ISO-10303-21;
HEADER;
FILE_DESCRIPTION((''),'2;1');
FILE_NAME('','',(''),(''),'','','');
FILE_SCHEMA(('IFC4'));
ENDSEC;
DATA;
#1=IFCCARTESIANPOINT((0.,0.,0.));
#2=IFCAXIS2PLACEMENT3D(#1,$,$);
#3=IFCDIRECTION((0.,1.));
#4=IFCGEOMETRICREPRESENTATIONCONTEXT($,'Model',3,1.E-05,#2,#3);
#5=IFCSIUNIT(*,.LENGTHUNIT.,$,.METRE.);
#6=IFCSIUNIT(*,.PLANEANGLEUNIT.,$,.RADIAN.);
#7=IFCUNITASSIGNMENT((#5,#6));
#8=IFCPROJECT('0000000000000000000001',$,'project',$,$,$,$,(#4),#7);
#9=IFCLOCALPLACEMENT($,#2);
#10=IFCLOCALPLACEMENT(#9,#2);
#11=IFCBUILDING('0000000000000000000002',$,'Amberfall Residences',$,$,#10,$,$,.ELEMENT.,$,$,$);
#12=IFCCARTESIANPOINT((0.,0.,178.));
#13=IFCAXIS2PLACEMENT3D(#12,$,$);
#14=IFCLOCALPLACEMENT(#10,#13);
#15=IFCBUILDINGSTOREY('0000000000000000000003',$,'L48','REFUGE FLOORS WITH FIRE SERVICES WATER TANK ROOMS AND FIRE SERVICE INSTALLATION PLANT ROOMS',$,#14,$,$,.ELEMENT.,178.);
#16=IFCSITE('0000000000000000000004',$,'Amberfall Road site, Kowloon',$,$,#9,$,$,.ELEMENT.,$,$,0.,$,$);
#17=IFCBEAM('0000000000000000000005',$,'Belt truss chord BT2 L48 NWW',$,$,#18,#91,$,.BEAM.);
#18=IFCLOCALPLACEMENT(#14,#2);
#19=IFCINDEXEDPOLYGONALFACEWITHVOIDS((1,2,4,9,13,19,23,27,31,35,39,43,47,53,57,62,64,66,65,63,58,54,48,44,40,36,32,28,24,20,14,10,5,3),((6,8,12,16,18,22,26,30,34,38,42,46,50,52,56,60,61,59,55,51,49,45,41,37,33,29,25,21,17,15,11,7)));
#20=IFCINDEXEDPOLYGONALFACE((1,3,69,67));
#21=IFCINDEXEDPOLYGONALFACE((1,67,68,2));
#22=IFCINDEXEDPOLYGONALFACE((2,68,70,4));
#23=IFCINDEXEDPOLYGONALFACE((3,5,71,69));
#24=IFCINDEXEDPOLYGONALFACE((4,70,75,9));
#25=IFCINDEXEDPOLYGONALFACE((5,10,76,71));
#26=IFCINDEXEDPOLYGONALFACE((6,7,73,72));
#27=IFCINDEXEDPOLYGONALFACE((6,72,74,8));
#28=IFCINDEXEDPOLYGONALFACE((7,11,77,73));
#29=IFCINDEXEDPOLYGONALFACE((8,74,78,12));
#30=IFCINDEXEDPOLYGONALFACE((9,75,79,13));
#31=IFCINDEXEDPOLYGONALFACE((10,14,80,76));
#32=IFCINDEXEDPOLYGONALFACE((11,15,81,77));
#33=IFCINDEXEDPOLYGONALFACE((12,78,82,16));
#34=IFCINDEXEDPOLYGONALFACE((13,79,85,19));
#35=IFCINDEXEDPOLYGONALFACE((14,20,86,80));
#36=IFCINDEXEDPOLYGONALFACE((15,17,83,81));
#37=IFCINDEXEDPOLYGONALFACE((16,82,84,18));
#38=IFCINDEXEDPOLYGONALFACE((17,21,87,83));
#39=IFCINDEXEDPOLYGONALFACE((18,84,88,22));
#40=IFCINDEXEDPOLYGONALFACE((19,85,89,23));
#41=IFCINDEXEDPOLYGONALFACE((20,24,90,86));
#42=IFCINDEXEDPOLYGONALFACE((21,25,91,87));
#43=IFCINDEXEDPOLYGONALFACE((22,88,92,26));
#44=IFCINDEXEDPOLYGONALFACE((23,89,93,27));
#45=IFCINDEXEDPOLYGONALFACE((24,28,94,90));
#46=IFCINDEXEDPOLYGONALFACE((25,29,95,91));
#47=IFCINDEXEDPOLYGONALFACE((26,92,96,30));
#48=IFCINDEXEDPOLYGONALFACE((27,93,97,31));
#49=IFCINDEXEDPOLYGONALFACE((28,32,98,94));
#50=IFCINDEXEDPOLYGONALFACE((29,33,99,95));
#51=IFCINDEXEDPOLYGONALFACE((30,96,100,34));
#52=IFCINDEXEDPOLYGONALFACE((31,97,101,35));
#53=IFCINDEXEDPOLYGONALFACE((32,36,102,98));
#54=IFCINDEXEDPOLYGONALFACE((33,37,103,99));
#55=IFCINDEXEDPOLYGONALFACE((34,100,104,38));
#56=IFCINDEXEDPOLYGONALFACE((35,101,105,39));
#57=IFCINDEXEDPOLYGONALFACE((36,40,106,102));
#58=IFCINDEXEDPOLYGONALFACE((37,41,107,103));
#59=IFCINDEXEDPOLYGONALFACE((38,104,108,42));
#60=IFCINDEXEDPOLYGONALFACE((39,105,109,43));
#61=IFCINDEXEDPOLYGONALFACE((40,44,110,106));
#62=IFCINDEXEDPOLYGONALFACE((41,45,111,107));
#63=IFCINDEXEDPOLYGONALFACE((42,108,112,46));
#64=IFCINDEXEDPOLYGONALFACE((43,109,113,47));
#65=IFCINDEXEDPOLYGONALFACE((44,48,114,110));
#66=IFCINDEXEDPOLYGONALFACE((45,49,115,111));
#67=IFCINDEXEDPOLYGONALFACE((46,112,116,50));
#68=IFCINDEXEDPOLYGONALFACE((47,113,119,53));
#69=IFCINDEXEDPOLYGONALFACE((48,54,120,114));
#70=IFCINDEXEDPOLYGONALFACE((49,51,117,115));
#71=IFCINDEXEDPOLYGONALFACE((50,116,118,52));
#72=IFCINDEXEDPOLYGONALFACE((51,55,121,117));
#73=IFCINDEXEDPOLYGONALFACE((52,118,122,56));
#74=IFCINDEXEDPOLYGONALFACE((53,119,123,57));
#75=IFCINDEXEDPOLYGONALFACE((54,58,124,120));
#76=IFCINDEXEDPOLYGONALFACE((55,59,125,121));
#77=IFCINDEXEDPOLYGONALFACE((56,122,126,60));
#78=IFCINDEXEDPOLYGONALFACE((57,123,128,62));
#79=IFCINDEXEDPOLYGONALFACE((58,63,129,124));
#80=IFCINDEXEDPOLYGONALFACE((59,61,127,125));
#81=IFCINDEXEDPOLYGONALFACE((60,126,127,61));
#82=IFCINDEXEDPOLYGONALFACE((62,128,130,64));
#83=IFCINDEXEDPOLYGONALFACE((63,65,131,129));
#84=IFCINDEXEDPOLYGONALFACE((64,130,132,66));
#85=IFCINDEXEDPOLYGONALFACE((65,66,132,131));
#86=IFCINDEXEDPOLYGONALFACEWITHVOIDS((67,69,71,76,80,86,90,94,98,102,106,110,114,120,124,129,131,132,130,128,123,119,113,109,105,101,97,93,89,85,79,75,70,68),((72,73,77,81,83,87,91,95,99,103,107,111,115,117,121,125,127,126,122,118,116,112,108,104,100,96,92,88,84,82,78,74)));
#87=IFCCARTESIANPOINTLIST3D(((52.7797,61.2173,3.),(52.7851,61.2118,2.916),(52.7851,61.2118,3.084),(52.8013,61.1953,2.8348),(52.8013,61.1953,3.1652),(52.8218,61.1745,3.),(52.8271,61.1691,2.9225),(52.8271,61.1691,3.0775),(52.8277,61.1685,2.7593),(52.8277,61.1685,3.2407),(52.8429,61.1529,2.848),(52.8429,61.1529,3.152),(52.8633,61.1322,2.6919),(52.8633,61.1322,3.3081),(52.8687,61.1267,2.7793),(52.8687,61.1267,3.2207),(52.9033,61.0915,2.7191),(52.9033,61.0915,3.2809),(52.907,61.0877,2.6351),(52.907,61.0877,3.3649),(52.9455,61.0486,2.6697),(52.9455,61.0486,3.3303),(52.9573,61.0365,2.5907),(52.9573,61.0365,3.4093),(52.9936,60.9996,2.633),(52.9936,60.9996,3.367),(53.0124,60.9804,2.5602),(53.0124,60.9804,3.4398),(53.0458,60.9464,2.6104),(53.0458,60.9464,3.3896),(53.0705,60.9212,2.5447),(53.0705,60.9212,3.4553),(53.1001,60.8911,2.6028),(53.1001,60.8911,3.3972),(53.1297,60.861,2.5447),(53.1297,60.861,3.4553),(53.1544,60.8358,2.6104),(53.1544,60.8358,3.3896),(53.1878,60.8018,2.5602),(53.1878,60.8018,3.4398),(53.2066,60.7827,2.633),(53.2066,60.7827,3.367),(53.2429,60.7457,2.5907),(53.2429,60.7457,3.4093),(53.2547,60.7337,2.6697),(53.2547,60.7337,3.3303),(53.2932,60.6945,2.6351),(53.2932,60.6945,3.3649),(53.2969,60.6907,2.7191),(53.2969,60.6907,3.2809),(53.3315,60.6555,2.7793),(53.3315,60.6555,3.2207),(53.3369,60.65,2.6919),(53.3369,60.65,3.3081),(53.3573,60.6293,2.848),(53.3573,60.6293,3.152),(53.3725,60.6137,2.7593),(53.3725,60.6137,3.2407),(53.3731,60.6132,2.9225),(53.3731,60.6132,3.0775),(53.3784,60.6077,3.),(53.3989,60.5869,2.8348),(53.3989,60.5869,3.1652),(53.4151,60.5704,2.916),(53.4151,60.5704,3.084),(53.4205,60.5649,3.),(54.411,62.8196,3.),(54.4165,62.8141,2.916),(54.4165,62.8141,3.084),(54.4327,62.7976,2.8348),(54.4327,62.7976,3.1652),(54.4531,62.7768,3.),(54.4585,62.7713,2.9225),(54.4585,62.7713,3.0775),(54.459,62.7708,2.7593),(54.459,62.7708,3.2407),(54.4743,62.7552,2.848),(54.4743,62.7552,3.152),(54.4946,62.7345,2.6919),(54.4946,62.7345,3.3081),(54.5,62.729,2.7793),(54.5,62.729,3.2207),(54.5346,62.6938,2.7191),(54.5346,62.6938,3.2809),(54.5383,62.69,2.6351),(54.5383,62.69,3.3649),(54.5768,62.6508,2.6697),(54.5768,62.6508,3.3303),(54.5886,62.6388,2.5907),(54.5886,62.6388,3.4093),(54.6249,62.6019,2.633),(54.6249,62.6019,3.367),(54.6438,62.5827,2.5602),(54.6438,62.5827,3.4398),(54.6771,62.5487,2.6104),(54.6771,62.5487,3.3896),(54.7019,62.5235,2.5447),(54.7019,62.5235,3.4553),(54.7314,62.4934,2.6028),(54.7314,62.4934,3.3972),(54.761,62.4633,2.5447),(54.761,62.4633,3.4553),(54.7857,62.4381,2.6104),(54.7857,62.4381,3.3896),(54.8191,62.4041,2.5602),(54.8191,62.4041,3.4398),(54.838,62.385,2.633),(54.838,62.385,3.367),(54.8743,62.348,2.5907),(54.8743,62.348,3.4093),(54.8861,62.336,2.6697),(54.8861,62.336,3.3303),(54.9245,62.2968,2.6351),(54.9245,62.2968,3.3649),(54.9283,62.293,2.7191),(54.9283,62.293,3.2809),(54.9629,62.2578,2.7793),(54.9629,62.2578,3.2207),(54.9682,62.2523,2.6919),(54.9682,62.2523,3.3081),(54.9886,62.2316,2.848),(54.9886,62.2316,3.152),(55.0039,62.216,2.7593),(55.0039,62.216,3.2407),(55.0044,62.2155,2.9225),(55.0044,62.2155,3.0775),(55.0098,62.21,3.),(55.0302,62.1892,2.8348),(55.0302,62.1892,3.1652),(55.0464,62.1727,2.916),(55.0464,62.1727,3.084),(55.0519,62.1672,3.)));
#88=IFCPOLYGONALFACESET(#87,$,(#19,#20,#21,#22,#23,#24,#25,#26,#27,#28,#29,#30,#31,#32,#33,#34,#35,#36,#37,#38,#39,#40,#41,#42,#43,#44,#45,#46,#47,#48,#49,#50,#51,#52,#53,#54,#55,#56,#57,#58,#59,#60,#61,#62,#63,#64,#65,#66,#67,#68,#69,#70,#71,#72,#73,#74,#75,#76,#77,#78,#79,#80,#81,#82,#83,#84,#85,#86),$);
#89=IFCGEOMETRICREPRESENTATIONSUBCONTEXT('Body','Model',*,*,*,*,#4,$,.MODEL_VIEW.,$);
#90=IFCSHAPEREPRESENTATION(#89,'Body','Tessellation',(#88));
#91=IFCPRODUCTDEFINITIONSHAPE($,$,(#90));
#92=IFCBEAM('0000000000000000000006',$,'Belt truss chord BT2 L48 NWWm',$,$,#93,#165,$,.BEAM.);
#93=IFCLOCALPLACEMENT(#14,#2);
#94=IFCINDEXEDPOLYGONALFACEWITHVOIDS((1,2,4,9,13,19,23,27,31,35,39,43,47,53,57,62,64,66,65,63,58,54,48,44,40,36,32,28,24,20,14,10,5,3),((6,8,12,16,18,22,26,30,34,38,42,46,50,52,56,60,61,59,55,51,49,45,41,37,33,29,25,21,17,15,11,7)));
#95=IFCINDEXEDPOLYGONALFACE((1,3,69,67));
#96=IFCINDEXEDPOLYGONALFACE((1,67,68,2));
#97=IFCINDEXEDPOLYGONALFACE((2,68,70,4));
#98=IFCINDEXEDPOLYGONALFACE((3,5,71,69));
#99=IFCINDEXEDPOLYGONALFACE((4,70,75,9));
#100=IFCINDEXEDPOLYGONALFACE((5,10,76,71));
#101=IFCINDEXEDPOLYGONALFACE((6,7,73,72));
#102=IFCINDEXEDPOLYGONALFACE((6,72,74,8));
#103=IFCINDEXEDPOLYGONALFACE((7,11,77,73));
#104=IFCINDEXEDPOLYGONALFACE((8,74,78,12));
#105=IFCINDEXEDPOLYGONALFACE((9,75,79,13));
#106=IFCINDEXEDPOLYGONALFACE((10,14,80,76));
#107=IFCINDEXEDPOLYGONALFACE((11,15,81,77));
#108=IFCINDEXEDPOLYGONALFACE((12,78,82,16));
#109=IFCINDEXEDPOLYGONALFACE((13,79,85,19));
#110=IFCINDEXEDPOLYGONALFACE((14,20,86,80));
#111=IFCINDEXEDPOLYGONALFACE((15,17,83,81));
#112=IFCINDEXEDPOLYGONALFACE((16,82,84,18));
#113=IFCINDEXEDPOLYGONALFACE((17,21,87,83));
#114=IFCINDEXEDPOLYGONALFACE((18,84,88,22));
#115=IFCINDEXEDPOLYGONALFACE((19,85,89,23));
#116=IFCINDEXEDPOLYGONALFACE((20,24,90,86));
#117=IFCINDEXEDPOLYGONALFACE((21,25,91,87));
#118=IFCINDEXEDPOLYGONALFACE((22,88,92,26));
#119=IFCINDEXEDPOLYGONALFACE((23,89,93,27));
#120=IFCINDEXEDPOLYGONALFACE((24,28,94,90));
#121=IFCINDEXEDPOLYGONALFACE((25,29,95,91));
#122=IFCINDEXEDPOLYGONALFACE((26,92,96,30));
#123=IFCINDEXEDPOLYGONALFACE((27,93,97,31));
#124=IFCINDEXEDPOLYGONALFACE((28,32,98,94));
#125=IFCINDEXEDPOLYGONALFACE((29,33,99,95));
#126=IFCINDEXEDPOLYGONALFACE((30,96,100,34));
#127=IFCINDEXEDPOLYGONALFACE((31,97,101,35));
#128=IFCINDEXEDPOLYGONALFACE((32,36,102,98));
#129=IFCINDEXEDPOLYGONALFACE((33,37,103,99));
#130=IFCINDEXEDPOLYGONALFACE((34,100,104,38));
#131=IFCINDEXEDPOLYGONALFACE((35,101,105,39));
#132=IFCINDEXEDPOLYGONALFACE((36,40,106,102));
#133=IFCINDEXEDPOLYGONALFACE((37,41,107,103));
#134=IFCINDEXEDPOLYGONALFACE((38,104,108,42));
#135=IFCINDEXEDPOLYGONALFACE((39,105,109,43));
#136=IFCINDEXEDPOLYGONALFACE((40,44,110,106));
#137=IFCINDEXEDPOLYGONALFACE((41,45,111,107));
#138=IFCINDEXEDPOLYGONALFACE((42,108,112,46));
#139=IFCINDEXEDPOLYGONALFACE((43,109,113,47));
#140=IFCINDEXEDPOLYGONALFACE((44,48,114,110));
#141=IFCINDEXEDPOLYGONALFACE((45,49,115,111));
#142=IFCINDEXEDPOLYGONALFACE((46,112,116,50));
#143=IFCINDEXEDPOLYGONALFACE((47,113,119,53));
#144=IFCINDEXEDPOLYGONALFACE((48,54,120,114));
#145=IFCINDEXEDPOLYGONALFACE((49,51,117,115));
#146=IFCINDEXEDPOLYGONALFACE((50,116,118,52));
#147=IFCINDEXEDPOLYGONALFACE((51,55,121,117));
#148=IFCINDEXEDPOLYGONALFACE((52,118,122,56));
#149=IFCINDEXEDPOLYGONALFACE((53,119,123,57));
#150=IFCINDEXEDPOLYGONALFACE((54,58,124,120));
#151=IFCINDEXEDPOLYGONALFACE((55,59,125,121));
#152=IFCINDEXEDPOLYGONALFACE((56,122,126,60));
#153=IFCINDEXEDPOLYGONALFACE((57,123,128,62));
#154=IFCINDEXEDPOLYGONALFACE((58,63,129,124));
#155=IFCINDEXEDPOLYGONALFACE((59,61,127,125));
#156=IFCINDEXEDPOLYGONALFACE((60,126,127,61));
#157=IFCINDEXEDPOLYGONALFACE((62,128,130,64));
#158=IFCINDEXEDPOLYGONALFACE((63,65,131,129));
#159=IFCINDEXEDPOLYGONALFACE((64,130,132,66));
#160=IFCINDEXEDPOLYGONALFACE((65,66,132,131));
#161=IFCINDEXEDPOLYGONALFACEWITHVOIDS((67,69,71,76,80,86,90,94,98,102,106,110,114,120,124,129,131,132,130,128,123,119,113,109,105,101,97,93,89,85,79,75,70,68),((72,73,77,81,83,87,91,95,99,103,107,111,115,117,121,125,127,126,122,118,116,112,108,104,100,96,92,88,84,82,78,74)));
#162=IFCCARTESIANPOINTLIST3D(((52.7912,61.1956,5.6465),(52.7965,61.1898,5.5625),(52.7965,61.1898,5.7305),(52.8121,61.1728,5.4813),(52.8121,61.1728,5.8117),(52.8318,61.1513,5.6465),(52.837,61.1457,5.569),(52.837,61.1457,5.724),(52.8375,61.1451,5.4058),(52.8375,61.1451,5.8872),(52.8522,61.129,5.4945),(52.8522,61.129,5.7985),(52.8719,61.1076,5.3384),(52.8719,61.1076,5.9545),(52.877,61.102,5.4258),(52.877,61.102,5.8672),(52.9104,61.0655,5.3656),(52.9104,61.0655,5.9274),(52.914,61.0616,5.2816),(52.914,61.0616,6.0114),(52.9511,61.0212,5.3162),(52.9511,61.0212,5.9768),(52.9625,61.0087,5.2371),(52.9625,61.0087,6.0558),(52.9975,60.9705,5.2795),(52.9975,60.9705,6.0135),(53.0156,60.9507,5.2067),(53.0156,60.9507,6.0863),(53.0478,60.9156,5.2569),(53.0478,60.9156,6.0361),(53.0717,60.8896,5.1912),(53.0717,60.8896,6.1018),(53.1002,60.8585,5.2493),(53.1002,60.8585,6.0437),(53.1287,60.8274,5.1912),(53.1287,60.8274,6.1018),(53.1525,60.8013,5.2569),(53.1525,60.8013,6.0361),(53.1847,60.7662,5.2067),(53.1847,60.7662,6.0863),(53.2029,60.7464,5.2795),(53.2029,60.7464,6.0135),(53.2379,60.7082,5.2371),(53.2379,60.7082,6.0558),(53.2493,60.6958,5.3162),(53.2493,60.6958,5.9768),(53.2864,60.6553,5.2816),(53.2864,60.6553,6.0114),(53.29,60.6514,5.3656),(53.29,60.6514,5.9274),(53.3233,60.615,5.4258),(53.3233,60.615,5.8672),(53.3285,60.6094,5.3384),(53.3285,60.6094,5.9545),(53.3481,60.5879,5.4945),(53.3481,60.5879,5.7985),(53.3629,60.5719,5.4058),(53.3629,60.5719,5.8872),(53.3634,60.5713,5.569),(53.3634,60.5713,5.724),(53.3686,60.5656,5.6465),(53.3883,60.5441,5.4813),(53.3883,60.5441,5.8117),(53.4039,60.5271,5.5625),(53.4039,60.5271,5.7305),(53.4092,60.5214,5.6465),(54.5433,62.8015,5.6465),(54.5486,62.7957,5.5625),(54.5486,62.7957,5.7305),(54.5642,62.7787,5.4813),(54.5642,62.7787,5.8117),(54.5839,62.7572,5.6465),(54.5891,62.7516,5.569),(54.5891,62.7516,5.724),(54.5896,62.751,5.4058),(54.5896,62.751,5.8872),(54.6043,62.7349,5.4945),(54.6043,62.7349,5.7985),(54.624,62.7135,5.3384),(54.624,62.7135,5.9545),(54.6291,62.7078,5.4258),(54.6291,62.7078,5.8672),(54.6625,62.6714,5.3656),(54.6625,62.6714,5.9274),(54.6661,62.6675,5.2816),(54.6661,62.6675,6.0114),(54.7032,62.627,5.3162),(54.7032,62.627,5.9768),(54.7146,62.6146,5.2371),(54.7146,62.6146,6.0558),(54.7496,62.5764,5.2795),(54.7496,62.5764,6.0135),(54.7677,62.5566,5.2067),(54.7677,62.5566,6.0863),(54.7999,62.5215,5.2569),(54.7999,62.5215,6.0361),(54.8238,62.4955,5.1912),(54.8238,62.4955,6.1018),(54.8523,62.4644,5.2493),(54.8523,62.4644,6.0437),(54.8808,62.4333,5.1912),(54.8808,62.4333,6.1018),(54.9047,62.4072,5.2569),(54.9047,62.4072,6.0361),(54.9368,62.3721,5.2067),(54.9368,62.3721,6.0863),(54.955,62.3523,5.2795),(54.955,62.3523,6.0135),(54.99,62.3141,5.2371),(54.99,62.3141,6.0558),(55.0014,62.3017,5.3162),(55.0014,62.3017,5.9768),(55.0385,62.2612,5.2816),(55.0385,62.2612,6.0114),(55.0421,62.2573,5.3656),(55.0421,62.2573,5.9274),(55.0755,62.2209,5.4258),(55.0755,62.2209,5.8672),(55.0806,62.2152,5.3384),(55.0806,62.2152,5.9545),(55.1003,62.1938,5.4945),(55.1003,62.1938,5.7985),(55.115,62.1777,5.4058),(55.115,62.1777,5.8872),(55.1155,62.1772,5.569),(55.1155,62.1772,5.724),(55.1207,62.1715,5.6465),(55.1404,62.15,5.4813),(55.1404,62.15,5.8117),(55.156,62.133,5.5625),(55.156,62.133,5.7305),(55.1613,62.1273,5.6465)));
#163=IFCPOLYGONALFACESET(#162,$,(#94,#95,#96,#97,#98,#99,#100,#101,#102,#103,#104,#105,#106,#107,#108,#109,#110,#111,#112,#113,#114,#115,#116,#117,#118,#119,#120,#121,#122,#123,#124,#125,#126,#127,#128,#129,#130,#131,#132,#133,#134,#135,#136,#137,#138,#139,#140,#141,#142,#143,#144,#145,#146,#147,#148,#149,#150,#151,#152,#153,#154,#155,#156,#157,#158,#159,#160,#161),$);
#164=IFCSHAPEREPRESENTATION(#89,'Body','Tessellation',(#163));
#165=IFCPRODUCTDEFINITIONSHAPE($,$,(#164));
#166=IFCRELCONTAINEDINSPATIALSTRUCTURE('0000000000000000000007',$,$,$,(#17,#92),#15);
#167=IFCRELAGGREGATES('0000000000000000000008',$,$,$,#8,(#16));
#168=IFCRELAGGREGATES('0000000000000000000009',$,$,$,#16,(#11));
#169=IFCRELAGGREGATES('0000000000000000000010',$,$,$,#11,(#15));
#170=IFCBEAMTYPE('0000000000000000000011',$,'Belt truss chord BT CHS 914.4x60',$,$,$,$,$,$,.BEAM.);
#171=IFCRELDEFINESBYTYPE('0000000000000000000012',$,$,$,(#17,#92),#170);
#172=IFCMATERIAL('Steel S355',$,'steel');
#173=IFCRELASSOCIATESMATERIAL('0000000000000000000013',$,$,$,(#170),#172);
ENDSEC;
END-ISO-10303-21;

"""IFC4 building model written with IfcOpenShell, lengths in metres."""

from ifc_helpers import new_model, si_unit, direction, frame, origin, origin_2d, place, context, subcontext, project, spatial, hollow_circle, extrude, material, material_profile, profile_set, type_object, element, save


model = new_model("IFC4")

# Units and contexts
model_context = context("Model", 3, precision=1e-05, world=origin(), true_north=direction((0.0, 1.0)))
body_context = subcontext(model_context, "Body", "Model", "MODEL_VIEW")
ifc_project = project(units=[si_unit("LENGTHUNIT", "METRE"), si_unit("PLANEANGLEUNIT", "RADIAN")], contexts=[model_context])

# Site, building, storey
site_placement = place(None, origin())
site = spatial("IfcSite", under=ifc_project, at=site_placement, Name="Amberfall Road site, Kowloon", CompositionType="ELEMENT", RefElevation=0.0)
building_placement = place(site_placement, origin())
building = spatial("IfcBuilding", under=site, at=building_placement, Name="Amberfall Residences", CompositionType="ELEMENT")
storey_placement = place(building_placement, frame((0.0, 0.0, 178.0)))
storey = spatial("IfcBuildingStorey", under=building, at=storey_placement, Name="L48", Description="REFUGE FLOORS WITH FIRE SERVICES WATER TANK ROOMS AND FIRE SERVICE INSTALLATION PLANT ROOMS", CompositionType="ELEMENT", Elevation=178.0)

# Beams
ifc_material_1 = material(Name="Steel S355", Category="steel")
ifc_material_profile_1 = material_profile(ifc_material_1, hollow_circle(Radius=0.4573, WallThickness=0.0601, at=origin_2d()), Name="CHS 914.4x60")
ifc_profile_set_1 = profile_set([ifc_material_profile_1], Name="Steel S355")
beam_type_1 = type_object("IfcBeamType", Name="Belt truss chord BT CHS 914.4x60", PredefinedType="BEAM", material=ifc_profile_set_1)
beam_1_placement = place(storey_placement, frame((54.7314, 62.4934, 3.0), z_axis=(-0.713431, -0.700725, 0.0), x_axis=(0.700725, -0.713431, 0.0)))
element("IfcBeam", 1, at=beam_1_placement, inside=storey, type_object=beam_type_1, Name="Belt truss chord BT2 L48 NWW", PredefinedType="BEAM", context=body_context, shape_type="SweptSolid", body=[
    extrude(hollow_circle(Radius=0.4573, WallThickness=0.0601, at=origin_2d()), origin(), (0.0, 0.0, 1.0), 2.2866),
])
beam_2_placement = place(storey_placement, frame((54.8523, 62.4644, 5.6465), z_axis=(-0.737201, -0.675673, 0.0), x_axis=(0.675673, -0.737201, 0.0)))
element("IfcBeam", 2, at=beam_2_placement, inside=storey, type_object=beam_type_1, Name="Belt truss chord BT2 L48 NWWm", PredefinedType="BEAM", context=body_context, shape_type="SweptSolid", body=[
    extrude(hollow_circle(Radius=0.4573, WallThickness=0.0601, at=origin_2d()), origin(), (0.0, 0.0, 1.0), 2.3767),
])

save(model, "model.ifc")
